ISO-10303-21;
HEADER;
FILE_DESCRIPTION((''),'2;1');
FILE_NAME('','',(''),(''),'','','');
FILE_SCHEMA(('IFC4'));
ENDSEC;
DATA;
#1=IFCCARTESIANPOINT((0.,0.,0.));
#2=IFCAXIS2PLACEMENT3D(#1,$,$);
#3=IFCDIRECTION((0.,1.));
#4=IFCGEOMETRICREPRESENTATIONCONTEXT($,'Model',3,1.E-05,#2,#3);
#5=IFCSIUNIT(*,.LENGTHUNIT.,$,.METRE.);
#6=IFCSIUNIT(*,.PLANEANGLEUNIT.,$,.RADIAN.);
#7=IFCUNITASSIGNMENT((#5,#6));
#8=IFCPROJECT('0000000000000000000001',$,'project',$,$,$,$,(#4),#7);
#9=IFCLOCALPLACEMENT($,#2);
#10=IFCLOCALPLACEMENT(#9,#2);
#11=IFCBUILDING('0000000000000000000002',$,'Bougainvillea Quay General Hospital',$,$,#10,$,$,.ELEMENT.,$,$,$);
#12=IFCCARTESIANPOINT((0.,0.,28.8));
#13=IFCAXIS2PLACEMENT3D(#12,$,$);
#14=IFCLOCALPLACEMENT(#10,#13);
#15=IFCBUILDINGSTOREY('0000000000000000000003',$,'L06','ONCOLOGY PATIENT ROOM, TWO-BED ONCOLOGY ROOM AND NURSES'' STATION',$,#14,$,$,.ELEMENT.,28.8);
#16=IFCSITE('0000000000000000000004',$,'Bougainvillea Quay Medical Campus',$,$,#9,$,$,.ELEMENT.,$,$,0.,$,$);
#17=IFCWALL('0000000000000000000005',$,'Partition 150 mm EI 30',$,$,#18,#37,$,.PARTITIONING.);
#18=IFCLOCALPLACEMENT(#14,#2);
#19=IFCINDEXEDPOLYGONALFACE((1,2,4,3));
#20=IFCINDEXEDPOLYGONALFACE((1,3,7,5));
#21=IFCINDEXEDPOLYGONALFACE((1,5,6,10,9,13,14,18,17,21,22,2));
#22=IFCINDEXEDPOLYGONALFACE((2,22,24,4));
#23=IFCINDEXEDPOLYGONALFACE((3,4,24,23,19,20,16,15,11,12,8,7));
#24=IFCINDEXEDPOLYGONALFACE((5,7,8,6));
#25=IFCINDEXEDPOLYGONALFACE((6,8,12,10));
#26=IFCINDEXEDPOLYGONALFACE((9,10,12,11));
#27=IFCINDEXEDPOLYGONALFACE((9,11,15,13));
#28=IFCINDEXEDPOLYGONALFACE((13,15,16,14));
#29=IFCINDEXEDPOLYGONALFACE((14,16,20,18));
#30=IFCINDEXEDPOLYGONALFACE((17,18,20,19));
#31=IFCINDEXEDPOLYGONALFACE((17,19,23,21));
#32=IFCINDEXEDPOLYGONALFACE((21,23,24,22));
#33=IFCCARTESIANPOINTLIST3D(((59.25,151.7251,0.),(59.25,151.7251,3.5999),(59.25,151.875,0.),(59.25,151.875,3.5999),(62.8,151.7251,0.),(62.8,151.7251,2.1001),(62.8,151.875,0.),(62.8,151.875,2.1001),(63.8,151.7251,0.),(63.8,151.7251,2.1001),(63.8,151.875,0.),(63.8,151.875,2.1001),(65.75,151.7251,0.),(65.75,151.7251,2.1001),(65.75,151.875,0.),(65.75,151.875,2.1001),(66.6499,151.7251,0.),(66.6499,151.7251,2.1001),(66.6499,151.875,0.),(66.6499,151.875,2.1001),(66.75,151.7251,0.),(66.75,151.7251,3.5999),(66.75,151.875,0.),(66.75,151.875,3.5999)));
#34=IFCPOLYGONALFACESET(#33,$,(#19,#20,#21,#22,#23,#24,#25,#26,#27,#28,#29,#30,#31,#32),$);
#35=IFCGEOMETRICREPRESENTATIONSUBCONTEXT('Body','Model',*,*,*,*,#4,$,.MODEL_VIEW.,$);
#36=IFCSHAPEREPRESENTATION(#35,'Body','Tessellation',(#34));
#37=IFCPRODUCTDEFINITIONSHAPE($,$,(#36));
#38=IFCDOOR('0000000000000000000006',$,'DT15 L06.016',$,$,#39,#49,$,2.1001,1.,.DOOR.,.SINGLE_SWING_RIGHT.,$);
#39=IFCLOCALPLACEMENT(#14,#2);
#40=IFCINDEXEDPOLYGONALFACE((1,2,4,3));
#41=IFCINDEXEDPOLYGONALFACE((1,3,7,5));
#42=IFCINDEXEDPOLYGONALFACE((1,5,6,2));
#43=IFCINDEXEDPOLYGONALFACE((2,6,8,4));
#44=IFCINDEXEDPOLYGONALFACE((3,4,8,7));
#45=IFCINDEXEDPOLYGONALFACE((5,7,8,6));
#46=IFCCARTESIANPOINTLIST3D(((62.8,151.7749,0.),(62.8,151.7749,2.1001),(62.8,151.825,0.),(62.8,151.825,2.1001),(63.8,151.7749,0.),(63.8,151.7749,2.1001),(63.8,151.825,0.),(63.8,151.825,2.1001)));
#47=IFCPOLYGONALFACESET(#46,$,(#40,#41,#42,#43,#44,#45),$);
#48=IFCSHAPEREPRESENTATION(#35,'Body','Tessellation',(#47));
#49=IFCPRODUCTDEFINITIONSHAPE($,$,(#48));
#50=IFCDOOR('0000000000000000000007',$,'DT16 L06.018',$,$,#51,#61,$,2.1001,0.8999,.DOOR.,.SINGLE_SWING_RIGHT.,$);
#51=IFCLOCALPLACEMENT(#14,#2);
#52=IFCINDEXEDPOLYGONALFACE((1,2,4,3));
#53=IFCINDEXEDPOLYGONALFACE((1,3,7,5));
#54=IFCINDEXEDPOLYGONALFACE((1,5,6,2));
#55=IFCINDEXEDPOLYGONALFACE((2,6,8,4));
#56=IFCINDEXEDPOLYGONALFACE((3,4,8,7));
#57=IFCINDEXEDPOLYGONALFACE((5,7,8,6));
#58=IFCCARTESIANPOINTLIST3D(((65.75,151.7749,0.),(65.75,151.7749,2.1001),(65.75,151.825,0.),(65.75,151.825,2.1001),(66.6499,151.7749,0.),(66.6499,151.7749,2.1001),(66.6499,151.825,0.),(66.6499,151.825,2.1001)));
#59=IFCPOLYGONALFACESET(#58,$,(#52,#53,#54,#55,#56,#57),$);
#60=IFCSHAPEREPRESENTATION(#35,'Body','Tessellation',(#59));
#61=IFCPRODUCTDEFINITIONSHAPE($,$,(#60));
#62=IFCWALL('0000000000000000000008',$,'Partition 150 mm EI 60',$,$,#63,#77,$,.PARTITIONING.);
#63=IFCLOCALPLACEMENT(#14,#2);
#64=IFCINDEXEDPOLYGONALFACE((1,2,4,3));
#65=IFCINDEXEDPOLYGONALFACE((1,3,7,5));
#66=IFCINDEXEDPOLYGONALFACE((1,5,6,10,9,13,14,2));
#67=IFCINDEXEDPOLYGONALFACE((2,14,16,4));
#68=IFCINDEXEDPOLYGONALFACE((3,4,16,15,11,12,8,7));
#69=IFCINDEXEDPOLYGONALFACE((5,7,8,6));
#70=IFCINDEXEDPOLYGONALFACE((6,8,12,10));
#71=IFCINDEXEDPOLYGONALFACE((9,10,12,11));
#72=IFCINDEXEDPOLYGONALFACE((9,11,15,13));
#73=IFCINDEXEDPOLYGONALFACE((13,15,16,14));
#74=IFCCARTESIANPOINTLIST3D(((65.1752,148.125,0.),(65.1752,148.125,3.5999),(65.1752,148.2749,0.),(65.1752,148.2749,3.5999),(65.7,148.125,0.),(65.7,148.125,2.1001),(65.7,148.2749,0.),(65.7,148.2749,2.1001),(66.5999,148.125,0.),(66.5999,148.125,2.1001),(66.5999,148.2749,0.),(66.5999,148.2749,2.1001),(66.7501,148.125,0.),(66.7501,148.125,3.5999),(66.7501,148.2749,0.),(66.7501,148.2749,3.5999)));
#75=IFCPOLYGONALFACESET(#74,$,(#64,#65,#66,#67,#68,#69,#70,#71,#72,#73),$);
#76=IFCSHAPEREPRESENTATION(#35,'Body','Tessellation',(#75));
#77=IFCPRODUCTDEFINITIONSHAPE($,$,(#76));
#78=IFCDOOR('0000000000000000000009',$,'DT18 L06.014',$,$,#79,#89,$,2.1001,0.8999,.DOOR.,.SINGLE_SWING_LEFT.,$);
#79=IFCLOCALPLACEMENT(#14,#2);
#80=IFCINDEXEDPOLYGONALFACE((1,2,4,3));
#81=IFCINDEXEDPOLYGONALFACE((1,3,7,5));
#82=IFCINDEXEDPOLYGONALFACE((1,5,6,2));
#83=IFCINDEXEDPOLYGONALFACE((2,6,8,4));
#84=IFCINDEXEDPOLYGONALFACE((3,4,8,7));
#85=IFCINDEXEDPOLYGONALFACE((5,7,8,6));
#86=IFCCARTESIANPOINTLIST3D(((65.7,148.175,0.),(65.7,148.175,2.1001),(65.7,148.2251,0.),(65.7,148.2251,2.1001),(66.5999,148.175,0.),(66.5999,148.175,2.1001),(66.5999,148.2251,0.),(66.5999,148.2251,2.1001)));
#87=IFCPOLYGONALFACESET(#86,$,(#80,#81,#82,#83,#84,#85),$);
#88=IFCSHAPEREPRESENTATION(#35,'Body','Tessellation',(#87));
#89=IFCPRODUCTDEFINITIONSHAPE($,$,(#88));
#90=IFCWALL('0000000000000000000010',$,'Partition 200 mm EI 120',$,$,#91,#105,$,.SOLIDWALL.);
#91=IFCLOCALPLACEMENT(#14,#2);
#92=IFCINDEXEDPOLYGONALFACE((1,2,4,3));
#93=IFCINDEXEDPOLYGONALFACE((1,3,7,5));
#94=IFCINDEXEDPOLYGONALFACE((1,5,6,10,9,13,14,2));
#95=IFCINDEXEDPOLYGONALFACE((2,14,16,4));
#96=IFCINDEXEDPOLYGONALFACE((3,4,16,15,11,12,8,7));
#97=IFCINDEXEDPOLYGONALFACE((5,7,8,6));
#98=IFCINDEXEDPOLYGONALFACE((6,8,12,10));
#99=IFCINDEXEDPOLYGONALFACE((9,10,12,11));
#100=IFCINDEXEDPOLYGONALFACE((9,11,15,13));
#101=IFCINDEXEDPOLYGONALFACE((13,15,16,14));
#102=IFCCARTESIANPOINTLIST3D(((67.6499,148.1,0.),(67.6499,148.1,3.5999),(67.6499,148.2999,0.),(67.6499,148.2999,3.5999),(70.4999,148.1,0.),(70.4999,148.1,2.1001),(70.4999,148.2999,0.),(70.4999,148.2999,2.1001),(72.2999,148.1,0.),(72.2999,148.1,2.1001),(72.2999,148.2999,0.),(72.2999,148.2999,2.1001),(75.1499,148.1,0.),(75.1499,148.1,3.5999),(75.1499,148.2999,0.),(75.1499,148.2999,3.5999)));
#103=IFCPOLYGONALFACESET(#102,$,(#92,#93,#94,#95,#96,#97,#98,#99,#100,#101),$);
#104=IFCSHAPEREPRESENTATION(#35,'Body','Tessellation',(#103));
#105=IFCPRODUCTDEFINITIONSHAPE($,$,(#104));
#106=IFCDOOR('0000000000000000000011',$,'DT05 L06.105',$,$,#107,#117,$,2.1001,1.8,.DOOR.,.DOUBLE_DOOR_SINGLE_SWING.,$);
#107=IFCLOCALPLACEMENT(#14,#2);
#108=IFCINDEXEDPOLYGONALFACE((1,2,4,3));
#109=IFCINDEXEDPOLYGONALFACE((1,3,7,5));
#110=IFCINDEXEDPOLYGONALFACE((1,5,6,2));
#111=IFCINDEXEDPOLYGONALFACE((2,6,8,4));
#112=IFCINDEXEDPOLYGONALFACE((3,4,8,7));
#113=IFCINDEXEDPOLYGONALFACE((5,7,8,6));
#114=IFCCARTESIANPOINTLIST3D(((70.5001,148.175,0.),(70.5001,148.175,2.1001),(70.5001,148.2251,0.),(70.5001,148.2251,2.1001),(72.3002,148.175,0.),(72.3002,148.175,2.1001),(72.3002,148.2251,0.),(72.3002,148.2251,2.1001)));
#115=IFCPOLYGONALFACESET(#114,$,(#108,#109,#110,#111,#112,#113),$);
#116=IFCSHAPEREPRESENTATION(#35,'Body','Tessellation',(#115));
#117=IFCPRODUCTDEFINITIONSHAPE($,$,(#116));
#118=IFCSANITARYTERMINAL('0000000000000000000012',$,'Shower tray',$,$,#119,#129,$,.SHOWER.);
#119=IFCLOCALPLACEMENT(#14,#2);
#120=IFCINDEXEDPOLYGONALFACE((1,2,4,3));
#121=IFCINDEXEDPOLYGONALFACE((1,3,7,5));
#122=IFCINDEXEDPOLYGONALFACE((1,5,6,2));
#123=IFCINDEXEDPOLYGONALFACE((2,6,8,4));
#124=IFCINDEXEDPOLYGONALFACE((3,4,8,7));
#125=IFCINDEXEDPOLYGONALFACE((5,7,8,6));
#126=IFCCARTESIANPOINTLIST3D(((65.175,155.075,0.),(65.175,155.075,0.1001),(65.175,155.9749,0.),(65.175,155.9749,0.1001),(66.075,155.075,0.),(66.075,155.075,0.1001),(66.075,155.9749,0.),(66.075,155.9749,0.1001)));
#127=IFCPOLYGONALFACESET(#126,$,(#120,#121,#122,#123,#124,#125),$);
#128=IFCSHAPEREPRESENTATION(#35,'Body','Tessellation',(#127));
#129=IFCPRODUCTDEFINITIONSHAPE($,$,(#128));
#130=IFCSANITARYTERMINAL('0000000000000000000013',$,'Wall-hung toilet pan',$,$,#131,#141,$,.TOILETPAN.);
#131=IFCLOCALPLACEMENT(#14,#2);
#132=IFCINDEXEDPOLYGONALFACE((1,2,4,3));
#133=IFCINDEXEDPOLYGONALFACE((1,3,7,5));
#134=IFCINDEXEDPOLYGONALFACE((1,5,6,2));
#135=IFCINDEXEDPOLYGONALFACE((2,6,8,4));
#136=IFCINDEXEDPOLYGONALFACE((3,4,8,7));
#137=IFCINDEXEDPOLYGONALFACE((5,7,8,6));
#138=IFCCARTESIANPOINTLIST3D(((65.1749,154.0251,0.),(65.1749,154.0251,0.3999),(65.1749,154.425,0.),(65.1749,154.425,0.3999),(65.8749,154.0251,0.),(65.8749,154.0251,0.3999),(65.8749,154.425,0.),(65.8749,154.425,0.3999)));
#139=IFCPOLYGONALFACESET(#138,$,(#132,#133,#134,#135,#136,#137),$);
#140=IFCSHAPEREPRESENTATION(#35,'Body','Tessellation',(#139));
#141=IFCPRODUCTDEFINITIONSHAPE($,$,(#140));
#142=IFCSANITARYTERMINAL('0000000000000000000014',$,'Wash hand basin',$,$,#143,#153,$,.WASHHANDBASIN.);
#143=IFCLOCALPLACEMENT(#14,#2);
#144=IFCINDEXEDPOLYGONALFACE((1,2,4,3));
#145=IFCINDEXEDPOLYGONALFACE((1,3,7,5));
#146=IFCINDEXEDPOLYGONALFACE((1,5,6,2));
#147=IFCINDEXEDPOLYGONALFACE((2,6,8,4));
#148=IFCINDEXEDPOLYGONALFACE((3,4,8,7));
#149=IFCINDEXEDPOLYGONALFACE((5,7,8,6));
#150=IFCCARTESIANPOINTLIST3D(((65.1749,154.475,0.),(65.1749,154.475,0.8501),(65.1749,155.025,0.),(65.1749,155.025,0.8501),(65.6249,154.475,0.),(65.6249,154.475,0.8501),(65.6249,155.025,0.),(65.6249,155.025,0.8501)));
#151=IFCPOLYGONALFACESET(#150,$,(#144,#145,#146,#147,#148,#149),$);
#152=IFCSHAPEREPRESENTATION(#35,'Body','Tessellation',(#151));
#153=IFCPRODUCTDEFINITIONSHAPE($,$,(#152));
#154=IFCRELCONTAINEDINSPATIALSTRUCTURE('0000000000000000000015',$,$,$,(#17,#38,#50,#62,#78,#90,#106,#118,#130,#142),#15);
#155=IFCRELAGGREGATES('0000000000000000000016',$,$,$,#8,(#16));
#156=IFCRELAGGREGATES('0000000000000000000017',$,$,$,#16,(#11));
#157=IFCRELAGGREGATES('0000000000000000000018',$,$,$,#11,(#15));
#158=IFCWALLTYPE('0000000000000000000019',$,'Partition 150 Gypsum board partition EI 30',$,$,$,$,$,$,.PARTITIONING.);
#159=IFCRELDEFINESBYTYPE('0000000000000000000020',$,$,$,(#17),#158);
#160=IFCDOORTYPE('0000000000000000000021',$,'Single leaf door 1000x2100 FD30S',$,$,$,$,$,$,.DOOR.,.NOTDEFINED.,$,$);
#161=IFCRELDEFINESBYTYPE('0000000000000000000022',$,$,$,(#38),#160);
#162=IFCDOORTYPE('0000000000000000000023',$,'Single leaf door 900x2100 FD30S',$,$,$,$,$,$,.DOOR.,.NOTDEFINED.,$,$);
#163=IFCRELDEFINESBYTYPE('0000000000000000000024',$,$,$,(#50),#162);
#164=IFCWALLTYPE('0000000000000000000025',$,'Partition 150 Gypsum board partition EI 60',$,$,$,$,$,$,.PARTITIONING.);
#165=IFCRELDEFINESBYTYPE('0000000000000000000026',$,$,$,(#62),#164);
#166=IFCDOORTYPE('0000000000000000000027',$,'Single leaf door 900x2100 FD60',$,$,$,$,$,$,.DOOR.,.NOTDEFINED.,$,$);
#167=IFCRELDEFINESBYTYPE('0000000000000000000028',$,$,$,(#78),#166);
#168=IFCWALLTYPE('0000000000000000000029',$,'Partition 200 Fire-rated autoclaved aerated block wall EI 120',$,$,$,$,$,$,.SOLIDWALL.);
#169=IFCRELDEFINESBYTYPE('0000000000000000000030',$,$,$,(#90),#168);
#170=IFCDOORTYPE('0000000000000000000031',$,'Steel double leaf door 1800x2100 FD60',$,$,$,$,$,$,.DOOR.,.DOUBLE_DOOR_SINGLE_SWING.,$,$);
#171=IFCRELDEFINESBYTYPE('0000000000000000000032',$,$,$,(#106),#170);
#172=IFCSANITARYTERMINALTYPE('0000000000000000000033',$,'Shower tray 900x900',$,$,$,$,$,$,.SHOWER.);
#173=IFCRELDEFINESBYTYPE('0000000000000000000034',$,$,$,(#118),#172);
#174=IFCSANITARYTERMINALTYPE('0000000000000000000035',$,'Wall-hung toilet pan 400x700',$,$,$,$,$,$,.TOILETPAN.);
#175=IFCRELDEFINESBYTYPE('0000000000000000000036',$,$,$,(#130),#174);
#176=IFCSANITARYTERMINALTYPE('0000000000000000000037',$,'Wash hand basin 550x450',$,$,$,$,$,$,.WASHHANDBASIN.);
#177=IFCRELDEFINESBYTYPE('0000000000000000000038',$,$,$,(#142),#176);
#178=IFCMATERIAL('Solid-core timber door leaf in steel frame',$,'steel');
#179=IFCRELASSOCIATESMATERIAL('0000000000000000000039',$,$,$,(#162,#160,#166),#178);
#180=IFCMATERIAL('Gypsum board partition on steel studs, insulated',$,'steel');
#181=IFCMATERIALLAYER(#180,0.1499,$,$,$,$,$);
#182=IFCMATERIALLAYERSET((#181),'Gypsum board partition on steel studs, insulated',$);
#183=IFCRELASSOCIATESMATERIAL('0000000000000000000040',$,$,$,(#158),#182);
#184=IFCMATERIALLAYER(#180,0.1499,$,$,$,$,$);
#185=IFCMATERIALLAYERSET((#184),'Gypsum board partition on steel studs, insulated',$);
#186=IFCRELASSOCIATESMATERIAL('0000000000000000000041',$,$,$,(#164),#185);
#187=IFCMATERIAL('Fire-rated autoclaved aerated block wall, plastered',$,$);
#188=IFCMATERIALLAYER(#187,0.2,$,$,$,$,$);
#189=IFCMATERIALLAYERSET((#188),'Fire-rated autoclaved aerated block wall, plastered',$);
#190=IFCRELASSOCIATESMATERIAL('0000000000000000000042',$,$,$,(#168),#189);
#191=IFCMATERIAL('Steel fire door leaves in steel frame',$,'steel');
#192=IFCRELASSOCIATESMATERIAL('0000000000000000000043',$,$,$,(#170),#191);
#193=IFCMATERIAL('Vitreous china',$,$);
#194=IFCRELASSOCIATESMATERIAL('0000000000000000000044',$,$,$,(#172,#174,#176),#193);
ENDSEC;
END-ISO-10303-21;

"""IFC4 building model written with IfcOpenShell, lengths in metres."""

from ifc_helpers import new_model, si_unit, direction, frame, frame_2d, origin, origin_2d, place, context, subcontext, project, spatial, rectangle, extrude, material, layer, layer_set, type_object, element, fill, save


model = new_model("IFC4")

# Units and contexts
model_context = context("Model", 3, precision=1e-05, world=origin(), true_north=direction((0.0, 1.0)))
body_context = subcontext(model_context, "Body", "Model", "MODEL_VIEW")
ifc_project = project(units=[si_unit("LENGTHUNIT", "METRE"), si_unit("PLANEANGLEUNIT", "RADIAN")], contexts=[model_context])

# Site, building, storey
site_placement = place(None, origin())
site = spatial("IfcSite", under=ifc_project, at=site_placement, Name="Bougainvillea Quay Medical Campus", CompositionType="ELEMENT", RefElevation=0.0)
building_placement = place(site_placement, origin())
building = spatial("IfcBuilding", under=site, at=building_placement, Name="Bougainvillea Quay General Hospital", CompositionType="ELEMENT")
storey_placement = place(building_placement, frame((0.0, 0.0, 28.8)))
storey = spatial("IfcBuildingStorey", under=building, at=storey_placement, Name="L06", Description="ONCOLOGY PATIENT ROOM, TWO-BED ONCOLOGY ROOM AND NURSES' STATION", CompositionType="ELEMENT", Elevation=28.8)

# Shared definitions
ifc_material_1 = material(Name="Gypsum board partition on steel studs, insulated", Category="steel")

# Shared definitions
ifc_material_2 = material(Name="Solid-core timber door leaf in steel frame", Category="steel")
door_type_1 = type_object("IfcDoorType", Name="Single leaf door 900x2100 FD30S", OperationType="NOTDEFINED", PredefinedType="DOOR", material=ifc_material_2)

# Shared definitions
ifc_layer_1 = layer(ifc_material_1, 0.1499)
ifc_layer_set_1 = layer_set([ifc_layer_1], Name="Gypsum board partition on steel studs, insulated")
wall_type_1 = type_object("IfcWallType", Name="Partition 150 Gypsum board partition EI 30", PredefinedType="PARTITIONING", material=ifc_layer_set_1)
door_type_2 = type_object("IfcDoorType", Name="Single leaf door 1000x2100 FD30S", OperationType="NOTDEFINED", PredefinedType="DOOR", material=ifc_material_2)

# Wall, openings, doors
wall_1_placement = place(storey_placement, frame((66.75, 151.8, 0.0), z_axis=(0.0, 0.0, 1.0), x_axis=(-1.0, 0.0, 0.0)))
wall_1 = element("IfcWall", 1, at=wall_1_placement, inside=storey, type_object=wall_type_1, Name="Partition 150 mm EI 30", PredefinedType="PARTITIONING", context=body_context, shape_type="SweptSolid", body=[
    extrude(rectangle(XDim=7.5, YDim=0.1499, at=frame_2d((3.75, 0.0))), origin(), (0.0, 0.0, 1.0), 3.5999),
])
opening_1_placement = place(wall_1_placement, frame((2.95, 0.0, 0.0)))
opening_1 = element("IfcOpeningElement", 2, at=opening_1_placement, cuts=wall_1, PredefinedType="OPENING", context=body_context, shape_type="SweptSolid", body=[
    extrude(rectangle(XDim=1.0, YDim=2.1001, at=frame_2d((0.5, 1.05))), frame((0.0, 0.085, 0.0), z_axis=(0.0, -1.0, 0.0), x_axis=(1.0, 0.0, 0.0)), (0.0, 0.0, 1.0), 0.1699),
])
opening_2_placement = place(wall_1_placement, frame((0.1001, 0.0, 0.0)))
opening_2 = element("IfcOpeningElement", 3, at=opening_2_placement, cuts=wall_1, PredefinedType="OPENING", context=body_context, shape_type="SweptSolid", body=[
    extrude(rectangle(XDim=0.8999, YDim=2.1001, at=frame_2d((0.45, 1.05))), frame((0.0, 0.085, 0.0), z_axis=(0.0, -1.0, 0.0), x_axis=(1.0, 0.0, 0.0)), (0.0, 0.0, 1.0), 0.1699),
])
door_1_placement = place(opening_1_placement, frame((1.0, 0.0, 0.0), z_axis=(0.0, 0.0, 1.0), x_axis=(-1.0, 0.0, 0.0)))
door_1 = element("IfcDoor", 4, at=door_1_placement, inside=storey, type_object=door_type_2, Name="DT15 L06.016", OperationType="SINGLE_SWING_RIGHT", OverallHeight=2.1001, OverallWidth=1.0, PredefinedType="DOOR", context=body_context, shape_type="SweptSolid", body=[
    extrude(rectangle(XDim=1.0, YDim=2.1001, at=frame_2d((0.5, 1.05))), frame((0.0, 0.0249, 0.0), z_axis=(0.0, -1.0, 0.0), x_axis=(1.0, 0.0, 0.0)), (0.0, 0.0, 1.0), 0.05),
])
fill(opening_1, door_1)
door_2_placement = place(opening_2_placement, frame((0.8999, 0.0, 0.0), z_axis=(0.0, 0.0, 1.0), x_axis=(-1.0, 0.0, 0.0)))
door_2 = element("IfcDoor", 5, at=door_2_placement, inside=storey, type_object=door_type_1, Name="DT16 L06.018", OperationType="SINGLE_SWING_RIGHT", OverallHeight=2.1001, OverallWidth=0.8999, PredefinedType="DOOR", context=body_context, shape_type="SweptSolid", body=[
    extrude(rectangle(XDim=0.8999, YDim=2.1001, at=frame_2d((0.45, 1.05))), frame((0.0, 0.0249, 0.0), z_axis=(0.0, -1.0, 0.0), x_axis=(1.0, 0.0, 0.0)), (0.0, 0.0, 1.0), 0.05),
])
fill(opening_2, door_2)

# Walls, openings, doors
ifc_layer_2 = layer(ifc_material_1, 0.1499)
ifc_layer_set_2 = layer_set([ifc_layer_2], Name="Gypsum board partition on steel studs, insulated")
wall_type_2 = type_object("IfcWallType", Name="Partition 150 Gypsum board partition EI 60", PredefinedType="PARTITIONING", material=ifc_layer_set_2)
wall_2_placement = place(storey_placement, frame((65.175, 148.2, 0.0), z_axis=(0.0, 0.0, 1.0), x_axis=(1.0, 0.0, 0.0)))
wall_2 = element("IfcWall", 6, at=wall_2_placement, inside=storey, type_object=wall_type_2, Name="Partition 150 mm EI 60", PredefinedType="PARTITIONING", context=body_context, shape_type="SweptSolid", body=[
    extrude(rectangle(XDim=1.575, YDim=0.1499, at=frame_2d((0.7876, 0.0))), origin(), (0.0, 0.0, 1.0), 3.5999),
])
opening_3_placement = place(wall_2_placement, frame((0.5249, 0.0, 0.0)))
opening_3 = element("IfcOpeningElement", 7, at=opening_3_placement, cuts=wall_2, PredefinedType="OPENING", context=body_context, shape_type="SweptSolid", body=[
    extrude(rectangle(XDim=0.8999, YDim=2.1001, at=frame_2d((0.45, 1.05))), frame((0.0, 0.085, 0.0), z_axis=(0.0, -1.0, 0.0), x_axis=(1.0, 0.0, 0.0)), (0.0, 0.0, 1.0), 0.1699),
])
door_type_3 = type_object("IfcDoorType", Name="Single leaf door 900x2100 FD60", OperationType="NOTDEFINED", PredefinedType="DOOR", material=ifc_material_2)
door_3_placement = place(opening_3_placement, frame((0.8999, 0.0, 0.0), z_axis=(0.0, 0.0, 1.0), x_axis=(-1.0, 0.0, 0.0)))
door_3 = element("IfcDoor", 8, at=door_3_placement, inside=storey, type_object=door_type_3, Name="DT18 L06.014", OperationType="SINGLE_SWING_LEFT", OverallHeight=2.1001, OverallWidth=0.8999, PredefinedType="DOOR", context=body_context, shape_type="SweptSolid", body=[
    extrude(rectangle(XDim=0.8999, YDim=2.1001, at=frame_2d((0.45, 1.05))), frame((0.0, 0.0249, 0.0), z_axis=(0.0, -1.0, 0.0), x_axis=(1.0, 0.0, 0.0)), (0.0, 0.0, 1.0), 0.05),
])
fill(opening_3, door_3)
ifc_material_3 = material(Name="Fire-rated autoclaved aerated block wall, plastered")
ifc_layer_3 = layer(ifc_material_3, 0.2)
ifc_layer_set_3 = layer_set([ifc_layer_3], Name="Fire-rated autoclaved aerated block wall, plastered")
wall_type_3 = type_object("IfcWallType", Name="Partition 200 Fire-rated autoclaved aerated block wall EI 120", PredefinedType="SOLIDWALL", material=ifc_layer_set_3)
wall_3_placement = place(storey_placement, frame((67.6499, 148.2, 0.0), z_axis=(0.0, 0.0, 1.0), x_axis=(1.0, 0.0, 0.0)))
wall_3 = element("IfcWall", 9, at=wall_3_placement, inside=storey, type_object=wall_type_3, Name="Partition 200 mm EI 120", PredefinedType="SOLIDWALL", context=body_context, shape_type="SweptSolid", body=[
    extrude(rectangle(XDim=7.5, YDim=0.2, at=frame_2d((3.75, 0.0))), origin(), (0.0, 0.0, 1.0), 3.5999),
])
opening_4_placement = place(wall_3_placement, frame((2.8501, 0.0, 0.0)))
opening_4 = element("IfcOpeningElement", 10, at=opening_4_placement, cuts=wall_3, PredefinedType="OPENING", context=body_context, shape_type="SweptSolid", body=[
    extrude(rectangle(XDim=1.8, YDim=2.1001, at=frame_2d((0.8999, 1.05))), frame((0.0, 0.1099, 0.0), z_axis=(0.0, -1.0, 0.0), x_axis=(1.0, 0.0, 0.0)), (0.0, 0.0, 1.0), 0.22),
])
ifc_material_4 = material(Name="Steel fire door leaves in steel frame", Category="steel")
door_type_4 = type_object("IfcDoorType", Name="Steel double leaf door 1800x2100 FD60", OperationType="DOUBLE_DOOR_SINGLE_SWING", PredefinedType="DOOR", material=ifc_material_4)
door_4_placement = place(opening_4_placement, frame((1.8, 0.0, 0.0), z_axis=(0.0, 0.0, 1.0), x_axis=(-1.0, 0.0, 0.0)))
door_4 = element("IfcDoor", 11, at=door_4_placement, inside=storey, type_object=door_type_4, Name="DT05 L06.105", OperationType="DOUBLE_DOOR_SINGLE_SWING", OverallHeight=2.1001, OverallWidth=1.8, PredefinedType="DOOR", context=body_context, shape_type="SweptSolid", body=[
    extrude(rectangle(XDim=1.8, YDim=2.1001, at=frame_2d((0.8999, 1.05))), frame((0.0, 0.0249, 0.0), z_axis=(0.0, -1.0, 0.0), x_axis=(1.0, 0.0, 0.0)), (0.0, 0.0, 1.0), 0.05),
])
fill(opening_4, door_4)

# Sanitary terminals
ifc_material_5 = material(Name="Vitreous china")
sanitary_terminal_type_1 = type_object("IfcSanitaryTerminalType", Name="Shower tray 900x900", PredefinedType="SHOWER", material=ifc_material_5)
sanitary_terminal_1_placement = place(storey_placement, frame((65.625, 155.5249, 0.0), z_axis=(0.0, 0.0, 1.0), x_axis=(0.0, 1.0, 0.0)))
element("IfcSanitaryTerminal", 12, at=sanitary_terminal_1_placement, inside=storey, type_object=sanitary_terminal_type_1, Name="Shower tray", PredefinedType="SHOWER", context=body_context, shape_type="SweptSolid", body=[
    extrude(rectangle(XDim=0.8999, YDim=0.8999, at=origin_2d()), origin(), (0.0, 0.0, 1.0), 0.1001),
])
sanitary_terminal_type_2 = type_object("IfcSanitaryTerminalType", Name="Wall-hung toilet pan 400x700", PredefinedType="TOILETPAN", material=ifc_material_5)
sanitary_terminal_2_placement = place(storey_placement, frame((65.5249, 154.2251, 0.0), z_axis=(0.0, 0.0, 1.0), x_axis=(0.0, 1.0, 0.0)))
element("IfcSanitaryTerminal", 13, at=sanitary_terminal_2_placement, inside=storey, type_object=sanitary_terminal_type_2, Name="Wall-hung toilet pan", PredefinedType="TOILETPAN", context=body_context, shape_type="SweptSolid", body=[
    extrude(rectangle(XDim=0.3999, YDim=0.7, at=origin_2d()), origin(), (0.0, 0.0, 1.0), 0.3999),
])
sanitary_terminal_type_3 = type_object("IfcSanitaryTerminalType", Name="Wash hand basin 550x450", PredefinedType="WASHHANDBASIN", material=ifc_material_5)
sanitary_terminal_3_placement = place(storey_placement, frame((65.3999, 154.75, 0.0), z_axis=(0.0, 0.0, 1.0), x_axis=(0.0, 1.0, 0.0)))
element("IfcSanitaryTerminal", 14, at=sanitary_terminal_3_placement, inside=storey, type_object=sanitary_terminal_type_3, Name="Wash hand basin", PredefinedType="WASHHANDBASIN", context=body_context, shape_type="SweptSolid", body=[
    extrude(rectangle(XDim=0.55, YDim=0.45, at=origin_2d()), origin(), (0.0, 0.0, 1.0), 0.8501),
])

save(model, "model.ifc")
